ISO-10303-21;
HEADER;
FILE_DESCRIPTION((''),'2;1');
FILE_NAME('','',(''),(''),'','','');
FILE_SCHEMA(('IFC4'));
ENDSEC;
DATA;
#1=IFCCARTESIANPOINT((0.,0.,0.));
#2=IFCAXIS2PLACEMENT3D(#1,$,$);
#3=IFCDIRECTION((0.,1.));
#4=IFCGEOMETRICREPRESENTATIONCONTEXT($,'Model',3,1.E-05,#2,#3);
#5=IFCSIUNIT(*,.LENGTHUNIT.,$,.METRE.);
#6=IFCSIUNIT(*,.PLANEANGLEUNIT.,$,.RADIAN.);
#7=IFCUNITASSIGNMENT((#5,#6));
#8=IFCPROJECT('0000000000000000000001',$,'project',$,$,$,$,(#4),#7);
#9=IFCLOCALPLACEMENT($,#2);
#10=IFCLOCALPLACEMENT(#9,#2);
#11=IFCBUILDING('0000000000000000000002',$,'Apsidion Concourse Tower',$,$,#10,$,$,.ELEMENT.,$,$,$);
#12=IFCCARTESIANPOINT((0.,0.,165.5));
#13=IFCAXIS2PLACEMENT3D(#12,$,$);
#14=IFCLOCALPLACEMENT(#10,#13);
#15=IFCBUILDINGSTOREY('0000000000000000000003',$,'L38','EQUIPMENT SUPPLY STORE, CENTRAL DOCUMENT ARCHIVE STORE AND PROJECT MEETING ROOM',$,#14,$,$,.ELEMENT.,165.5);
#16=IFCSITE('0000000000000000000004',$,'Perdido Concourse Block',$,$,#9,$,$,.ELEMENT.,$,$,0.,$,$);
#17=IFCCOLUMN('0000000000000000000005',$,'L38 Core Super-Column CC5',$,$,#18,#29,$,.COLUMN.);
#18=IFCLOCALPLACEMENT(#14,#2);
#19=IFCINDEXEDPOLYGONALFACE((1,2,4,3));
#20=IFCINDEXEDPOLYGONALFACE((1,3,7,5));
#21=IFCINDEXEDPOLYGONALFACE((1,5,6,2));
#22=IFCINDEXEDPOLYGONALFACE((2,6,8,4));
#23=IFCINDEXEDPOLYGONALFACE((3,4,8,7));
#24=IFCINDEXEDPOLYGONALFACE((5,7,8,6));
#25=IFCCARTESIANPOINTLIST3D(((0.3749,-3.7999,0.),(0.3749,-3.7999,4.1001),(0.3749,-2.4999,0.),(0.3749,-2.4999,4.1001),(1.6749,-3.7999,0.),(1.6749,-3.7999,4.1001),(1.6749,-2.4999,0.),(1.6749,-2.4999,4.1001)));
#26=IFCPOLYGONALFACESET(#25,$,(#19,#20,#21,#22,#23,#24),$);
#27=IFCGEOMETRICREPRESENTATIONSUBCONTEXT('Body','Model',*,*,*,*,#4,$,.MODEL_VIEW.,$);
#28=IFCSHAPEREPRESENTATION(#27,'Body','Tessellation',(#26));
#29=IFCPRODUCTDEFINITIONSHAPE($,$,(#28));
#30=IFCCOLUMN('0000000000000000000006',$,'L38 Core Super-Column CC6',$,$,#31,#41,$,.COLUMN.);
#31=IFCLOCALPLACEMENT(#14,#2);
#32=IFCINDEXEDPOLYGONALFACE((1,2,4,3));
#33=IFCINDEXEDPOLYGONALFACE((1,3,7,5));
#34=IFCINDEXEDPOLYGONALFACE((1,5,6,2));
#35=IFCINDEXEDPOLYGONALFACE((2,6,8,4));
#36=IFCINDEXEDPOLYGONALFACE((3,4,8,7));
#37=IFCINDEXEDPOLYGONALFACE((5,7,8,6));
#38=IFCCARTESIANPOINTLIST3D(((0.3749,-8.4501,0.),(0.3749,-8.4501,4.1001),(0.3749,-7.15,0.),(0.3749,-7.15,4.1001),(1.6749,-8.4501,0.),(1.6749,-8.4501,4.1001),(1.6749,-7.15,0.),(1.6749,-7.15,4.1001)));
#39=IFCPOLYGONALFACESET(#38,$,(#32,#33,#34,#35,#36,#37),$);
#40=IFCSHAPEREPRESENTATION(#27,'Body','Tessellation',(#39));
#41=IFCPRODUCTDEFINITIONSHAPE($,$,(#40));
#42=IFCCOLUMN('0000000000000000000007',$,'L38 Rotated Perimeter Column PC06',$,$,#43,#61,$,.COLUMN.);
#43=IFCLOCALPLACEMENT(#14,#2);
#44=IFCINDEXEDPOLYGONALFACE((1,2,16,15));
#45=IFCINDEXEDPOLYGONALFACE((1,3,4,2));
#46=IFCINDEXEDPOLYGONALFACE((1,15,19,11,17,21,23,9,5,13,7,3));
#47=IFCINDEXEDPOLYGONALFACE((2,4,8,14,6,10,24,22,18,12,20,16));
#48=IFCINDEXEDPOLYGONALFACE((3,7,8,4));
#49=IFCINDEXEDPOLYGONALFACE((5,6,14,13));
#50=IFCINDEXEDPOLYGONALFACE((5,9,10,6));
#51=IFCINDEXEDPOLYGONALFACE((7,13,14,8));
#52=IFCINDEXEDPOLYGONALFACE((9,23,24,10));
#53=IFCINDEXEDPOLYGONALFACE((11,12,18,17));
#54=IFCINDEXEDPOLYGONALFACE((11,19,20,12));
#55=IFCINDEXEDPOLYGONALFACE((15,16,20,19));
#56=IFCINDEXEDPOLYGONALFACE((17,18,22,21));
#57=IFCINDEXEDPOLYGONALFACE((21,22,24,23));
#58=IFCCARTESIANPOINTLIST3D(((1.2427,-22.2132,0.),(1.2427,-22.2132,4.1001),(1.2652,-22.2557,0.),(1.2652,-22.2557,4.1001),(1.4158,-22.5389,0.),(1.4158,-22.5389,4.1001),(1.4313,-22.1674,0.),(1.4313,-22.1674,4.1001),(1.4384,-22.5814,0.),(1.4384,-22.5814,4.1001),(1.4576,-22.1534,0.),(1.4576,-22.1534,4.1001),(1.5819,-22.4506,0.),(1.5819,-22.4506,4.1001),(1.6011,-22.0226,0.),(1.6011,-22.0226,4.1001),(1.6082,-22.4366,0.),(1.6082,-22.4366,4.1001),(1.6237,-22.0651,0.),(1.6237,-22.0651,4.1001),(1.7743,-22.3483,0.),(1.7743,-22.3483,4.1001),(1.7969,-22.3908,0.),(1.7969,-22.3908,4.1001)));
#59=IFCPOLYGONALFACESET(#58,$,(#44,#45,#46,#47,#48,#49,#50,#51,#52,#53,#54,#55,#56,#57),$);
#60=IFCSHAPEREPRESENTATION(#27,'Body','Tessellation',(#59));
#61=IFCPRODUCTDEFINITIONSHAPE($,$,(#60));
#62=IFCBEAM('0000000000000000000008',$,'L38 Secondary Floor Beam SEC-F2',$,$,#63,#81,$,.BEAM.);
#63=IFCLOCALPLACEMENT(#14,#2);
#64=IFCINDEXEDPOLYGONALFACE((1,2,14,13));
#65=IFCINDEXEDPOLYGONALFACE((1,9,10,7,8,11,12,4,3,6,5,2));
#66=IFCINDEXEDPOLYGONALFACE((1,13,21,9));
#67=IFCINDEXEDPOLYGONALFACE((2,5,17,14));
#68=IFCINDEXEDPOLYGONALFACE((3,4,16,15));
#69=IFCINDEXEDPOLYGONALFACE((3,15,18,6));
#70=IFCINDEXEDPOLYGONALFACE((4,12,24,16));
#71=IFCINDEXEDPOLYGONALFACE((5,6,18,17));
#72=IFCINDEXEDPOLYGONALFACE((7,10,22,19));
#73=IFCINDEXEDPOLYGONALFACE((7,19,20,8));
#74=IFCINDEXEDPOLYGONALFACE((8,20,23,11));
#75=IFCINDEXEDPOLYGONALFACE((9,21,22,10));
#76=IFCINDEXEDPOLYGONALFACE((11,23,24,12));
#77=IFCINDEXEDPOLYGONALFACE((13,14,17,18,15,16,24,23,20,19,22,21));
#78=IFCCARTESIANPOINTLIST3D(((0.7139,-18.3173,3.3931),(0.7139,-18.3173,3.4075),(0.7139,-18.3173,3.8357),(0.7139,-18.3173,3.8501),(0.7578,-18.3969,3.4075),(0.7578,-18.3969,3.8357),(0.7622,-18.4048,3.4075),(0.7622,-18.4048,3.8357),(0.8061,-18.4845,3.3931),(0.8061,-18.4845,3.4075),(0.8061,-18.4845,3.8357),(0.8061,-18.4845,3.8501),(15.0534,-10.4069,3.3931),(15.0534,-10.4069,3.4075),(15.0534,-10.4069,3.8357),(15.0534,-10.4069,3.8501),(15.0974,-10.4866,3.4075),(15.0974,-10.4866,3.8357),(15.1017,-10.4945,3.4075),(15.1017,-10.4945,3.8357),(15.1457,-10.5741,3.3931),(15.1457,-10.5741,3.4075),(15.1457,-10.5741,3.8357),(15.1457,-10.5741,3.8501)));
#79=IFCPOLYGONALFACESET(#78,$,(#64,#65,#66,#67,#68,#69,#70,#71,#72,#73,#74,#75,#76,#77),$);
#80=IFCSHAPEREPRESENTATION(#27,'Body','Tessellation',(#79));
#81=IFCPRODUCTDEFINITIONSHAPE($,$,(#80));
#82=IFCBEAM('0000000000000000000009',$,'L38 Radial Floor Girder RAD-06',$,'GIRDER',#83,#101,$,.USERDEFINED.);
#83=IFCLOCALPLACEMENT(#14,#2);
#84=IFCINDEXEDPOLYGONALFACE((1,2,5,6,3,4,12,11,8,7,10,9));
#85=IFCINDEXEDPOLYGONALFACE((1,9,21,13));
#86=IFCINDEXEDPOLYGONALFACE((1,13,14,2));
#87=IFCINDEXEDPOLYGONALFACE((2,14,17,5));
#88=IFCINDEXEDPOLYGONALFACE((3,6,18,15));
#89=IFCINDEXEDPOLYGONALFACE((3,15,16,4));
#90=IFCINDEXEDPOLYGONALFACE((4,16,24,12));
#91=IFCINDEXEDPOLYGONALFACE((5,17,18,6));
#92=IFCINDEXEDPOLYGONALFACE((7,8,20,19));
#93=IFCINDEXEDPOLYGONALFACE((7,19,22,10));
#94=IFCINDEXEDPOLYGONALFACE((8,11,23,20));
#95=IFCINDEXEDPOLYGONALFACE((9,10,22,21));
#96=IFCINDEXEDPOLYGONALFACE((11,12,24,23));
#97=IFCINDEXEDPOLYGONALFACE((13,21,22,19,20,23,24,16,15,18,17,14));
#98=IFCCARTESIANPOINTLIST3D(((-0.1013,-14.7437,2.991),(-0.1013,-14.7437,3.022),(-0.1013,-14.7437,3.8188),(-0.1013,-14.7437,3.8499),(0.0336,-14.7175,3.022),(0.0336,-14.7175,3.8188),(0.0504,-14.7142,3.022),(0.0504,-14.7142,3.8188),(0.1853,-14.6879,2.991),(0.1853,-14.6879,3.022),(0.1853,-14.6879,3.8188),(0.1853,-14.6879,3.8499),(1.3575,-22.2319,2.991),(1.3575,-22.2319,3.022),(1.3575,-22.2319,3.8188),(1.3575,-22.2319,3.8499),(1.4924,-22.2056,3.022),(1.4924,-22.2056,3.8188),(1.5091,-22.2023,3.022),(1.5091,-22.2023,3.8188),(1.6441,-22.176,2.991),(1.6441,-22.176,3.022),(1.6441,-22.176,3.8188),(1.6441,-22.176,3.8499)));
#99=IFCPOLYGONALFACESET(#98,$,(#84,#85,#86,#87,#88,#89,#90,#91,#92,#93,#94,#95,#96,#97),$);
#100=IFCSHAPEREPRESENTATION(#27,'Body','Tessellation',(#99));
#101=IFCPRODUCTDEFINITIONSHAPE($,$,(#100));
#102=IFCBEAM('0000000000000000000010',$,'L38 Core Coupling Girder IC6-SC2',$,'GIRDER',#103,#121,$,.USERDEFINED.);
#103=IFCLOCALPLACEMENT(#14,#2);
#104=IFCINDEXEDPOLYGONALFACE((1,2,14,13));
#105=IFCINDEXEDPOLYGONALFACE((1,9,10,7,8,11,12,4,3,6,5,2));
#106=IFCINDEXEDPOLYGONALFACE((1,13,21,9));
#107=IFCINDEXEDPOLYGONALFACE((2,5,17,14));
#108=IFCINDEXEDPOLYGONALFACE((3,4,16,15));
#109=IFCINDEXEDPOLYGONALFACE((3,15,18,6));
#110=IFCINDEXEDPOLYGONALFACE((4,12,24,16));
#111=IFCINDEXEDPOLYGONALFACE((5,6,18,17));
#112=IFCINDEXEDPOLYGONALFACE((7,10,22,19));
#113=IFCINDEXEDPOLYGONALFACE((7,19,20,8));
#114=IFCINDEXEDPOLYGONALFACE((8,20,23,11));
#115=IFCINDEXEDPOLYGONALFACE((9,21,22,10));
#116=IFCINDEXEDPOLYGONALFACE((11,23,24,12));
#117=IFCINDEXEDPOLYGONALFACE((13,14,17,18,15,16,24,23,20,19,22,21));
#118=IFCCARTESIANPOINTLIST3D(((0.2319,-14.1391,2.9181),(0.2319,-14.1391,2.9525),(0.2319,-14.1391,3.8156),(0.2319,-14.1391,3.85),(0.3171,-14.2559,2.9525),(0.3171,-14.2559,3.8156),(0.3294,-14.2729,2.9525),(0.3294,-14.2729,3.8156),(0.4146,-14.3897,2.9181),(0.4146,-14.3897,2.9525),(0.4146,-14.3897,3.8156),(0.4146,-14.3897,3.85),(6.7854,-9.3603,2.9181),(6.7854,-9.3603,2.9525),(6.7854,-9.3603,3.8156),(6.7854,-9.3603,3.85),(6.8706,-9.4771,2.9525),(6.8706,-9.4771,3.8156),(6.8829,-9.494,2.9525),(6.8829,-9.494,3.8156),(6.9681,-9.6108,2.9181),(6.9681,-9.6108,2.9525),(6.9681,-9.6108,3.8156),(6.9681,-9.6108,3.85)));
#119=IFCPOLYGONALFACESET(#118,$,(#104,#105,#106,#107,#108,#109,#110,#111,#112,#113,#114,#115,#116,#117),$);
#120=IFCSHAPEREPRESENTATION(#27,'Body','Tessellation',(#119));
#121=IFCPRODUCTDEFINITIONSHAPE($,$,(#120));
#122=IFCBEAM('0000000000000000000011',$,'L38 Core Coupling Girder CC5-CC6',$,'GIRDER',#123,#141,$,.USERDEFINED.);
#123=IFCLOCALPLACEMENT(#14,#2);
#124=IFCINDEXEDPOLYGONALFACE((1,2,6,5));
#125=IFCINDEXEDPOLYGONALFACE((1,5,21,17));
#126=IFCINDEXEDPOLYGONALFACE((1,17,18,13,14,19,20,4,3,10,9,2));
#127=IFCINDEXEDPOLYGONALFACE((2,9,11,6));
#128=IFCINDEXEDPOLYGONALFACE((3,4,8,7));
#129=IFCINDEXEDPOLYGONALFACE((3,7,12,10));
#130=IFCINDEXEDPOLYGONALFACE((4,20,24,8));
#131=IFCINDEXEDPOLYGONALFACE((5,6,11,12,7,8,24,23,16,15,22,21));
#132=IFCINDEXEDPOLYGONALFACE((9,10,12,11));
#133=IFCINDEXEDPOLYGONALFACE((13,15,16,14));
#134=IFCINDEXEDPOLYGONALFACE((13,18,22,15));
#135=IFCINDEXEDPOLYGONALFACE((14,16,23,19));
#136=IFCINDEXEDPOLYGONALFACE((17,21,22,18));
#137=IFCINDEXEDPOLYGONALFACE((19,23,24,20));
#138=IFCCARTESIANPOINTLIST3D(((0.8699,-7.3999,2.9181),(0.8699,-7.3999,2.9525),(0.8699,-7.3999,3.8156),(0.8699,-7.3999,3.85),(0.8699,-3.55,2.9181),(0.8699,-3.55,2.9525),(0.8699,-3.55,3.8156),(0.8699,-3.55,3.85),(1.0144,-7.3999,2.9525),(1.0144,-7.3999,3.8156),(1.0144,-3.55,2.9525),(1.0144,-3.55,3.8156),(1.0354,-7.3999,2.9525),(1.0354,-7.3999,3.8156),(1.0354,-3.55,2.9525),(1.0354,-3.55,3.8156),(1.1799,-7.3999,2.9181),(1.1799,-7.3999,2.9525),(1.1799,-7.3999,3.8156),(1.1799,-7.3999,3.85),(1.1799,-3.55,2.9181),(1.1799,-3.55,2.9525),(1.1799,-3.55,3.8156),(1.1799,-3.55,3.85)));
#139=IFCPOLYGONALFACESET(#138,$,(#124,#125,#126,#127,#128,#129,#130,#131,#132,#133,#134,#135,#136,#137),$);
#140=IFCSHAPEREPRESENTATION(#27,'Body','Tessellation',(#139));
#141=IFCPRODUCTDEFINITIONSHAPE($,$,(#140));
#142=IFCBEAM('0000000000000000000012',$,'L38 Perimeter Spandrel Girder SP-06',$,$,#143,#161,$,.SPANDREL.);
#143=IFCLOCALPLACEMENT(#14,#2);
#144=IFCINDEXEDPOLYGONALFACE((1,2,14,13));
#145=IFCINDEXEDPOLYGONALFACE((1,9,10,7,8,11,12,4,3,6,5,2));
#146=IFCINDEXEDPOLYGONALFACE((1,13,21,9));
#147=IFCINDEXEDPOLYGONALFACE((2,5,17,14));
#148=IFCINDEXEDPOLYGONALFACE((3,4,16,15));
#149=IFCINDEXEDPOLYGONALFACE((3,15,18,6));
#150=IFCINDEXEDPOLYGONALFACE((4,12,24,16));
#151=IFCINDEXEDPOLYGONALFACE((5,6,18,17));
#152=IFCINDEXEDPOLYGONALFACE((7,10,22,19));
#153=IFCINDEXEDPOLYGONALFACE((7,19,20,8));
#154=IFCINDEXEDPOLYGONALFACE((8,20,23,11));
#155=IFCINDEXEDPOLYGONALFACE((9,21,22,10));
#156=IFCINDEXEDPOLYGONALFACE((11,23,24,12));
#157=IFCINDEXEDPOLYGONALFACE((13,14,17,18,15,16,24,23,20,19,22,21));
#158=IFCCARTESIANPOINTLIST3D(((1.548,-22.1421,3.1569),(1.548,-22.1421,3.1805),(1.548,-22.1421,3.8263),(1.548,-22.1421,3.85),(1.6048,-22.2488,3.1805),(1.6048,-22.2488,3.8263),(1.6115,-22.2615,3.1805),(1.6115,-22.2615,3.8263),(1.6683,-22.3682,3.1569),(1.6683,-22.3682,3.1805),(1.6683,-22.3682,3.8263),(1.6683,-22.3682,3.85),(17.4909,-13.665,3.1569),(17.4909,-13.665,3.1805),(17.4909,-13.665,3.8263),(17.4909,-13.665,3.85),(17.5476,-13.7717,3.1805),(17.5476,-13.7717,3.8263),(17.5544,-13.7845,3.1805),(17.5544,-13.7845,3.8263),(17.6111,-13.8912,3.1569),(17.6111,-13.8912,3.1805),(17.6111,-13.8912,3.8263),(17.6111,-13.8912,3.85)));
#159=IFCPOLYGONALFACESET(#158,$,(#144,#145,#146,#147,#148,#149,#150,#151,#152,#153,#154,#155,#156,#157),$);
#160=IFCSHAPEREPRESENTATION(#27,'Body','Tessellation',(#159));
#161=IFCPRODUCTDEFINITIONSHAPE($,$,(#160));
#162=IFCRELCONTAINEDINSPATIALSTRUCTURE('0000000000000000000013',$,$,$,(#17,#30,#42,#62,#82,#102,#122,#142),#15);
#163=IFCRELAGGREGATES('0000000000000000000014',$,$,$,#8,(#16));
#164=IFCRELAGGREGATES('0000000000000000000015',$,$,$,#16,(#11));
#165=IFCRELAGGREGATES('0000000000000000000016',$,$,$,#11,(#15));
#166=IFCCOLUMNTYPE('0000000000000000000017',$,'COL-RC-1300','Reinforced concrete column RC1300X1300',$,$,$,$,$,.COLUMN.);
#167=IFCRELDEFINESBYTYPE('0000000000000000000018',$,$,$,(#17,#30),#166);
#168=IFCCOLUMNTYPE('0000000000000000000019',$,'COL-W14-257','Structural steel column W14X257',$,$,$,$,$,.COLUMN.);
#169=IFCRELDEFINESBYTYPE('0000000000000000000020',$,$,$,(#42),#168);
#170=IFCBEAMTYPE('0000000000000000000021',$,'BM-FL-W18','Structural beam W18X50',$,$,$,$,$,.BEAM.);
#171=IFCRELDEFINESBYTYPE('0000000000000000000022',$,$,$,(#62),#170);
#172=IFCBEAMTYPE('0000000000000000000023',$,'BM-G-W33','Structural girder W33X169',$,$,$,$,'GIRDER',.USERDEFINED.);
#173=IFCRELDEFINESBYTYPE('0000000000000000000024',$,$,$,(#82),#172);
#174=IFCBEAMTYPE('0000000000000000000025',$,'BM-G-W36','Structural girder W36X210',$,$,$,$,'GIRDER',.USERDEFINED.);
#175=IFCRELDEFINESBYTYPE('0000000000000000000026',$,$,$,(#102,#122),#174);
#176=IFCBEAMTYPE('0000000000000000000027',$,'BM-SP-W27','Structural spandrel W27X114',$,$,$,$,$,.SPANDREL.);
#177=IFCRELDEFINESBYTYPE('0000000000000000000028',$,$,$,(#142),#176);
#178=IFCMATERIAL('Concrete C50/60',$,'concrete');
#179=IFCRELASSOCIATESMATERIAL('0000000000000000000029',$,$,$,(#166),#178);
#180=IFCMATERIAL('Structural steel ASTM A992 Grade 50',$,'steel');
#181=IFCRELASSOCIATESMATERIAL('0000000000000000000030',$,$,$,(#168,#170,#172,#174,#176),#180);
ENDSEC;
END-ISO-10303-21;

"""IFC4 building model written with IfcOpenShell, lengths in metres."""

from ifc_helpers import new_model, si_unit, direction, frame, origin, origin_2d, place, context, subcontext, project, spatial, rectangle, i_section, extrude, material, material_profile, profile_set, type_object, element, save


model = new_model("IFC4")

# Units and contexts
model_context = context("Model", 3, precision=1e-05, world=origin(), true_north=direction((0.0, 1.0)))
body_context = subcontext(model_context, "Body", "Model", "MODEL_VIEW")
ifc_project = project(units=[si_unit("LENGTHUNIT", "METRE"), si_unit("PLANEANGLEUNIT", "RADIAN")], contexts=[model_context])

# Site, building, storey
site_placement = place(None, origin())
site = spatial("IfcSite", under=ifc_project, at=site_placement, Name="Perdido Concourse Block", CompositionType="ELEMENT", RefElevation=0.0)
building_placement = place(site_placement, origin())
building = spatial("IfcBuilding", under=site, at=building_placement, Name="Apsidion Concourse Tower", CompositionType="ELEMENT")
storey_placement = place(building_placement, frame((0.0, 0.0, 165.5)))
storey = spatial("IfcBuildingStorey", under=building, at=storey_placement, Name="L38", Description="EQUIPMENT SUPPLY STORE, CENTRAL DOCUMENT ARCHIVE STORE AND PROJECT MEETING ROOM", CompositionType="ELEMENT", Elevation=165.5)

# Columns
ifc_material_1 = material(Name="Concrete C50/60", Category="concrete")
ifc_material_profile_1 = material_profile(ifc_material_1, rectangle(XDim=1.3, YDim=1.3, at=origin_2d()), Name="RC 1300x1300")
ifc_profile_set_1 = profile_set([ifc_material_profile_1], Name="Concrete C50/60")
column_type_1 = type_object("IfcColumnType", Name="COL-RC-1300", Description="Reinforced concrete column RC1300X1300", PredefinedType="COLUMN", material=ifc_profile_set_1)
for number, where, z_axis, x_axis, name in (
    (1, (1.0249, -3.1499, 0.0), (0.0, 0.0, 1.0), (1.0, 0.0, 0.0), "L38 Core Super-Column CC5"),
    (2, (1.0249, -7.8, 0.0), (0.0, 0.0, 1.0), (1.0, 0.0, 0.0), "L38 Core Super-Column CC6"),
):
    element("IfcColumn", number, at=place(storey_placement, frame(where, z_axis=z_axis, x_axis=x_axis)), inside=storey, type_object=column_type_1, Name=name, PredefinedType="COLUMN", context=body_context, shape_type="SweptSolid", body=[
        extrude(rectangle(XDim=1.3, YDim=1.3, at=origin_2d()), origin(), (0.0, 0.0, 1.0), 4.1001),
    ])
ifc_material_2 = material(Name="Structural steel ASTM A992 Grade 50", Category="steel")
ifc_material_profile_2 = material_profile(ifc_material_2, i_section(OverallWidth=0.406, OverallDepth=0.417, WebThickness=0.0298, FlangeThickness=0.0481, at=origin_2d()), Name="W14X257")
ifc_profile_set_2 = profile_set([ifc_material_profile_2], Name="Structural steel ASTM A992 Grade 50")
column_type_2 = type_object("IfcColumnType", Name="COL-W14-257", Description="Structural steel column W14X257", PredefinedType="COLUMN", material=ifc_profile_set_2)
column_placement = place(storey_placement, frame((1.5198, -22.302, 0.0), z_axis=(0.0, 0.0, 1.0), x_axis=(0.882948, 0.469472, 0.0)))
element("IfcColumn", 3, at=column_placement, inside=storey, type_object=column_type_2, Name="L38 Rotated Perimeter Column PC06", PredefinedType="COLUMN", context=body_context, shape_type="SweptSolid", body=[
    extrude(i_section(OverallWidth=0.406, OverallDepth=0.417, WebThickness=0.0298, FlangeThickness=0.0481, at=origin_2d()), origin(), (0.0, 0.0, 1.0), 4.1001),
])

# Beams
ifc_material_profile_3 = material_profile(ifc_material_2, i_section(OverallWidth=0.1909, OverallDepth=0.457, WebThickness=0.009, FlangeThickness=0.0144, at=origin_2d()), Name="W18X50")
ifc_profile_set_3 = profile_set([ifc_material_profile_3], Name="Structural steel ASTM A992 Grade 50")
beam_type_1 = type_object("IfcBeamType", Name="BM-FL-W18", Description="Structural beam W18X50", PredefinedType="BEAM", material=ifc_profile_set_3)
beam_1_placement = place(storey_placement, frame((0.76, -18.4009, 3.6216), z_axis=(0.875606, 0.483026, 0.0), x_axis=(-0.483026, 0.875606, 0.0)))
element("IfcBeam", 4, at=beam_1_placement, inside=storey, type_object=beam_type_1, Name="L38 Secondary Floor Beam SEC-F2", PredefinedType="BEAM", context=body_context, shape_type="SweptSolid", body=[
    extrude(i_section(OverallWidth=0.1909, OverallDepth=0.457, WebThickness=0.009, FlangeThickness=0.0144, at=origin_2d()), origin(), (0.0, 0.0, 1.0), 16.3767),
])
ifc_material_profile_4 = material_profile(ifc_material_2, i_section(OverallWidth=0.292, OverallDepth=0.8589, WebThickness=0.0171, FlangeThickness=0.031, at=origin_2d()), Name="W33X169")
ifc_profile_set_4 = profile_set([ifc_material_profile_4], Name="Structural steel ASTM A992 Grade 50")
beam_type_2 = type_object("IfcBeamType", Name="BM-G-W33", Description="Structural girder W33X169", ElementType="GIRDER", PredefinedType="USERDEFINED", material=ifc_profile_set_4)
beam_2_placement = place(storey_placement, frame((0.042, -14.7158, 3.4204), z_axis=(0.191215, -0.981548, 0.0), x_axis=(0.981548, 0.191215, 0.0)))
element("IfcBeam", 5, at=beam_2_placement, inside=storey, type_object=beam_type_2, Name="L38 Radial Floor Girder RAD-06", ObjectType="GIRDER", PredefinedType="USERDEFINED", context=body_context, shape_type="SweptSolid", body=[
    extrude(i_section(OverallWidth=0.292, OverallDepth=0.8589, WebThickness=0.0171, FlangeThickness=0.031, at=origin_2d()), origin(), (0.0, 0.0, 1.0), 7.6289),
])
ifc_material_profile_5 = material_profile(ifc_material_2, i_section(OverallWidth=0.3101, OverallDepth=0.9319, WebThickness=0.021, FlangeThickness=0.0344, at=origin_2d()), Name="W36X210")
ifc_profile_set_5 = profile_set([ifc_material_profile_5], Name="Structural steel ASTM A992 Grade 50")
beam_type_3 = type_object("IfcBeamType", Name="BM-G-W36", Description="Structural girder W36X210", ElementType="GIRDER", PredefinedType="USERDEFINED", material=ifc_profile_set_5)
beam_3_placement = place(storey_placement, frame((0.3232, -14.2644, 3.384), z_axis=(0.807993, 0.589191, 0.0), x_axis=(-0.589191, 0.807993, 0.0)))
element("IfcBeam", 6, at=beam_3_placement, inside=storey, type_object=beam_type_3, Name="L38 Core Coupling Girder IC6-SC2", ObjectType="GIRDER", PredefinedType="USERDEFINED", context=body_context, shape_type="SweptSolid", body=[
    extrude(i_section(OverallWidth=0.3101, OverallDepth=0.9319, WebThickness=0.021, FlangeThickness=0.0344, at=origin_2d()), origin(), (0.0, 0.0, 1.0), 8.1108),
])
beam_4_placement = place(storey_placement, frame((1.0249, -3.55, 3.384), z_axis=(0.0, -1.0, 0.0), x_axis=(1.0, 0.0, 0.0)))
element("IfcBeam", 7, at=beam_4_placement, inside=storey, type_object=beam_type_3, Name="L38 Core Coupling Girder CC5-CC6", ObjectType="GIRDER", PredefinedType="USERDEFINED", context=body_context, shape_type="SweptSolid", body=[
    extrude(i_section(OverallWidth=0.3101, OverallDepth=0.9319, WebThickness=0.021, FlangeThickness=0.0344, at=origin_2d()), origin(), (0.0, 0.0, 1.0), 3.8499),
])
ifc_material_profile_6 = material_profile(ifc_material_2, i_section(OverallWidth=0.2561, OverallDepth=0.6931, WebThickness=0.0144, FlangeThickness=0.0237, at=origin_2d()), Name="W27X114")
ifc_profile_set_6 = profile_set([ifc_material_profile_6], Name="Structural steel ASTM A992 Grade 50")
beam_type_4 = type_object("IfcBeamType", Name="BM-SP-W27", Description="Structural spandrel W27X114", PredefinedType="SPANDREL", material=ifc_profile_set_6)
beam_5_placement = place(storey_placement, frame((1.6082, -22.2551, 3.5034), z_axis=(0.882946, 0.469475, 0.0), x_axis=(-0.469475, 0.882946, 0.0)))
element("IfcBeam", 8, at=beam_5_placement, inside=storey, type_object=beam_type_4, Name="L38 Perimeter Spandrel Girder SP-06", PredefinedType="SPANDREL", context=body_context, shape_type="SweptSolid", body=[
    extrude(i_section(OverallWidth=0.2561, OverallDepth=0.6931, WebThickness=0.0144, FlangeThickness=0.0237, at=origin_2d()), origin(), (0.0, 0.0, 1.0), 18.0564),
])

save(model, "model.ifc")
